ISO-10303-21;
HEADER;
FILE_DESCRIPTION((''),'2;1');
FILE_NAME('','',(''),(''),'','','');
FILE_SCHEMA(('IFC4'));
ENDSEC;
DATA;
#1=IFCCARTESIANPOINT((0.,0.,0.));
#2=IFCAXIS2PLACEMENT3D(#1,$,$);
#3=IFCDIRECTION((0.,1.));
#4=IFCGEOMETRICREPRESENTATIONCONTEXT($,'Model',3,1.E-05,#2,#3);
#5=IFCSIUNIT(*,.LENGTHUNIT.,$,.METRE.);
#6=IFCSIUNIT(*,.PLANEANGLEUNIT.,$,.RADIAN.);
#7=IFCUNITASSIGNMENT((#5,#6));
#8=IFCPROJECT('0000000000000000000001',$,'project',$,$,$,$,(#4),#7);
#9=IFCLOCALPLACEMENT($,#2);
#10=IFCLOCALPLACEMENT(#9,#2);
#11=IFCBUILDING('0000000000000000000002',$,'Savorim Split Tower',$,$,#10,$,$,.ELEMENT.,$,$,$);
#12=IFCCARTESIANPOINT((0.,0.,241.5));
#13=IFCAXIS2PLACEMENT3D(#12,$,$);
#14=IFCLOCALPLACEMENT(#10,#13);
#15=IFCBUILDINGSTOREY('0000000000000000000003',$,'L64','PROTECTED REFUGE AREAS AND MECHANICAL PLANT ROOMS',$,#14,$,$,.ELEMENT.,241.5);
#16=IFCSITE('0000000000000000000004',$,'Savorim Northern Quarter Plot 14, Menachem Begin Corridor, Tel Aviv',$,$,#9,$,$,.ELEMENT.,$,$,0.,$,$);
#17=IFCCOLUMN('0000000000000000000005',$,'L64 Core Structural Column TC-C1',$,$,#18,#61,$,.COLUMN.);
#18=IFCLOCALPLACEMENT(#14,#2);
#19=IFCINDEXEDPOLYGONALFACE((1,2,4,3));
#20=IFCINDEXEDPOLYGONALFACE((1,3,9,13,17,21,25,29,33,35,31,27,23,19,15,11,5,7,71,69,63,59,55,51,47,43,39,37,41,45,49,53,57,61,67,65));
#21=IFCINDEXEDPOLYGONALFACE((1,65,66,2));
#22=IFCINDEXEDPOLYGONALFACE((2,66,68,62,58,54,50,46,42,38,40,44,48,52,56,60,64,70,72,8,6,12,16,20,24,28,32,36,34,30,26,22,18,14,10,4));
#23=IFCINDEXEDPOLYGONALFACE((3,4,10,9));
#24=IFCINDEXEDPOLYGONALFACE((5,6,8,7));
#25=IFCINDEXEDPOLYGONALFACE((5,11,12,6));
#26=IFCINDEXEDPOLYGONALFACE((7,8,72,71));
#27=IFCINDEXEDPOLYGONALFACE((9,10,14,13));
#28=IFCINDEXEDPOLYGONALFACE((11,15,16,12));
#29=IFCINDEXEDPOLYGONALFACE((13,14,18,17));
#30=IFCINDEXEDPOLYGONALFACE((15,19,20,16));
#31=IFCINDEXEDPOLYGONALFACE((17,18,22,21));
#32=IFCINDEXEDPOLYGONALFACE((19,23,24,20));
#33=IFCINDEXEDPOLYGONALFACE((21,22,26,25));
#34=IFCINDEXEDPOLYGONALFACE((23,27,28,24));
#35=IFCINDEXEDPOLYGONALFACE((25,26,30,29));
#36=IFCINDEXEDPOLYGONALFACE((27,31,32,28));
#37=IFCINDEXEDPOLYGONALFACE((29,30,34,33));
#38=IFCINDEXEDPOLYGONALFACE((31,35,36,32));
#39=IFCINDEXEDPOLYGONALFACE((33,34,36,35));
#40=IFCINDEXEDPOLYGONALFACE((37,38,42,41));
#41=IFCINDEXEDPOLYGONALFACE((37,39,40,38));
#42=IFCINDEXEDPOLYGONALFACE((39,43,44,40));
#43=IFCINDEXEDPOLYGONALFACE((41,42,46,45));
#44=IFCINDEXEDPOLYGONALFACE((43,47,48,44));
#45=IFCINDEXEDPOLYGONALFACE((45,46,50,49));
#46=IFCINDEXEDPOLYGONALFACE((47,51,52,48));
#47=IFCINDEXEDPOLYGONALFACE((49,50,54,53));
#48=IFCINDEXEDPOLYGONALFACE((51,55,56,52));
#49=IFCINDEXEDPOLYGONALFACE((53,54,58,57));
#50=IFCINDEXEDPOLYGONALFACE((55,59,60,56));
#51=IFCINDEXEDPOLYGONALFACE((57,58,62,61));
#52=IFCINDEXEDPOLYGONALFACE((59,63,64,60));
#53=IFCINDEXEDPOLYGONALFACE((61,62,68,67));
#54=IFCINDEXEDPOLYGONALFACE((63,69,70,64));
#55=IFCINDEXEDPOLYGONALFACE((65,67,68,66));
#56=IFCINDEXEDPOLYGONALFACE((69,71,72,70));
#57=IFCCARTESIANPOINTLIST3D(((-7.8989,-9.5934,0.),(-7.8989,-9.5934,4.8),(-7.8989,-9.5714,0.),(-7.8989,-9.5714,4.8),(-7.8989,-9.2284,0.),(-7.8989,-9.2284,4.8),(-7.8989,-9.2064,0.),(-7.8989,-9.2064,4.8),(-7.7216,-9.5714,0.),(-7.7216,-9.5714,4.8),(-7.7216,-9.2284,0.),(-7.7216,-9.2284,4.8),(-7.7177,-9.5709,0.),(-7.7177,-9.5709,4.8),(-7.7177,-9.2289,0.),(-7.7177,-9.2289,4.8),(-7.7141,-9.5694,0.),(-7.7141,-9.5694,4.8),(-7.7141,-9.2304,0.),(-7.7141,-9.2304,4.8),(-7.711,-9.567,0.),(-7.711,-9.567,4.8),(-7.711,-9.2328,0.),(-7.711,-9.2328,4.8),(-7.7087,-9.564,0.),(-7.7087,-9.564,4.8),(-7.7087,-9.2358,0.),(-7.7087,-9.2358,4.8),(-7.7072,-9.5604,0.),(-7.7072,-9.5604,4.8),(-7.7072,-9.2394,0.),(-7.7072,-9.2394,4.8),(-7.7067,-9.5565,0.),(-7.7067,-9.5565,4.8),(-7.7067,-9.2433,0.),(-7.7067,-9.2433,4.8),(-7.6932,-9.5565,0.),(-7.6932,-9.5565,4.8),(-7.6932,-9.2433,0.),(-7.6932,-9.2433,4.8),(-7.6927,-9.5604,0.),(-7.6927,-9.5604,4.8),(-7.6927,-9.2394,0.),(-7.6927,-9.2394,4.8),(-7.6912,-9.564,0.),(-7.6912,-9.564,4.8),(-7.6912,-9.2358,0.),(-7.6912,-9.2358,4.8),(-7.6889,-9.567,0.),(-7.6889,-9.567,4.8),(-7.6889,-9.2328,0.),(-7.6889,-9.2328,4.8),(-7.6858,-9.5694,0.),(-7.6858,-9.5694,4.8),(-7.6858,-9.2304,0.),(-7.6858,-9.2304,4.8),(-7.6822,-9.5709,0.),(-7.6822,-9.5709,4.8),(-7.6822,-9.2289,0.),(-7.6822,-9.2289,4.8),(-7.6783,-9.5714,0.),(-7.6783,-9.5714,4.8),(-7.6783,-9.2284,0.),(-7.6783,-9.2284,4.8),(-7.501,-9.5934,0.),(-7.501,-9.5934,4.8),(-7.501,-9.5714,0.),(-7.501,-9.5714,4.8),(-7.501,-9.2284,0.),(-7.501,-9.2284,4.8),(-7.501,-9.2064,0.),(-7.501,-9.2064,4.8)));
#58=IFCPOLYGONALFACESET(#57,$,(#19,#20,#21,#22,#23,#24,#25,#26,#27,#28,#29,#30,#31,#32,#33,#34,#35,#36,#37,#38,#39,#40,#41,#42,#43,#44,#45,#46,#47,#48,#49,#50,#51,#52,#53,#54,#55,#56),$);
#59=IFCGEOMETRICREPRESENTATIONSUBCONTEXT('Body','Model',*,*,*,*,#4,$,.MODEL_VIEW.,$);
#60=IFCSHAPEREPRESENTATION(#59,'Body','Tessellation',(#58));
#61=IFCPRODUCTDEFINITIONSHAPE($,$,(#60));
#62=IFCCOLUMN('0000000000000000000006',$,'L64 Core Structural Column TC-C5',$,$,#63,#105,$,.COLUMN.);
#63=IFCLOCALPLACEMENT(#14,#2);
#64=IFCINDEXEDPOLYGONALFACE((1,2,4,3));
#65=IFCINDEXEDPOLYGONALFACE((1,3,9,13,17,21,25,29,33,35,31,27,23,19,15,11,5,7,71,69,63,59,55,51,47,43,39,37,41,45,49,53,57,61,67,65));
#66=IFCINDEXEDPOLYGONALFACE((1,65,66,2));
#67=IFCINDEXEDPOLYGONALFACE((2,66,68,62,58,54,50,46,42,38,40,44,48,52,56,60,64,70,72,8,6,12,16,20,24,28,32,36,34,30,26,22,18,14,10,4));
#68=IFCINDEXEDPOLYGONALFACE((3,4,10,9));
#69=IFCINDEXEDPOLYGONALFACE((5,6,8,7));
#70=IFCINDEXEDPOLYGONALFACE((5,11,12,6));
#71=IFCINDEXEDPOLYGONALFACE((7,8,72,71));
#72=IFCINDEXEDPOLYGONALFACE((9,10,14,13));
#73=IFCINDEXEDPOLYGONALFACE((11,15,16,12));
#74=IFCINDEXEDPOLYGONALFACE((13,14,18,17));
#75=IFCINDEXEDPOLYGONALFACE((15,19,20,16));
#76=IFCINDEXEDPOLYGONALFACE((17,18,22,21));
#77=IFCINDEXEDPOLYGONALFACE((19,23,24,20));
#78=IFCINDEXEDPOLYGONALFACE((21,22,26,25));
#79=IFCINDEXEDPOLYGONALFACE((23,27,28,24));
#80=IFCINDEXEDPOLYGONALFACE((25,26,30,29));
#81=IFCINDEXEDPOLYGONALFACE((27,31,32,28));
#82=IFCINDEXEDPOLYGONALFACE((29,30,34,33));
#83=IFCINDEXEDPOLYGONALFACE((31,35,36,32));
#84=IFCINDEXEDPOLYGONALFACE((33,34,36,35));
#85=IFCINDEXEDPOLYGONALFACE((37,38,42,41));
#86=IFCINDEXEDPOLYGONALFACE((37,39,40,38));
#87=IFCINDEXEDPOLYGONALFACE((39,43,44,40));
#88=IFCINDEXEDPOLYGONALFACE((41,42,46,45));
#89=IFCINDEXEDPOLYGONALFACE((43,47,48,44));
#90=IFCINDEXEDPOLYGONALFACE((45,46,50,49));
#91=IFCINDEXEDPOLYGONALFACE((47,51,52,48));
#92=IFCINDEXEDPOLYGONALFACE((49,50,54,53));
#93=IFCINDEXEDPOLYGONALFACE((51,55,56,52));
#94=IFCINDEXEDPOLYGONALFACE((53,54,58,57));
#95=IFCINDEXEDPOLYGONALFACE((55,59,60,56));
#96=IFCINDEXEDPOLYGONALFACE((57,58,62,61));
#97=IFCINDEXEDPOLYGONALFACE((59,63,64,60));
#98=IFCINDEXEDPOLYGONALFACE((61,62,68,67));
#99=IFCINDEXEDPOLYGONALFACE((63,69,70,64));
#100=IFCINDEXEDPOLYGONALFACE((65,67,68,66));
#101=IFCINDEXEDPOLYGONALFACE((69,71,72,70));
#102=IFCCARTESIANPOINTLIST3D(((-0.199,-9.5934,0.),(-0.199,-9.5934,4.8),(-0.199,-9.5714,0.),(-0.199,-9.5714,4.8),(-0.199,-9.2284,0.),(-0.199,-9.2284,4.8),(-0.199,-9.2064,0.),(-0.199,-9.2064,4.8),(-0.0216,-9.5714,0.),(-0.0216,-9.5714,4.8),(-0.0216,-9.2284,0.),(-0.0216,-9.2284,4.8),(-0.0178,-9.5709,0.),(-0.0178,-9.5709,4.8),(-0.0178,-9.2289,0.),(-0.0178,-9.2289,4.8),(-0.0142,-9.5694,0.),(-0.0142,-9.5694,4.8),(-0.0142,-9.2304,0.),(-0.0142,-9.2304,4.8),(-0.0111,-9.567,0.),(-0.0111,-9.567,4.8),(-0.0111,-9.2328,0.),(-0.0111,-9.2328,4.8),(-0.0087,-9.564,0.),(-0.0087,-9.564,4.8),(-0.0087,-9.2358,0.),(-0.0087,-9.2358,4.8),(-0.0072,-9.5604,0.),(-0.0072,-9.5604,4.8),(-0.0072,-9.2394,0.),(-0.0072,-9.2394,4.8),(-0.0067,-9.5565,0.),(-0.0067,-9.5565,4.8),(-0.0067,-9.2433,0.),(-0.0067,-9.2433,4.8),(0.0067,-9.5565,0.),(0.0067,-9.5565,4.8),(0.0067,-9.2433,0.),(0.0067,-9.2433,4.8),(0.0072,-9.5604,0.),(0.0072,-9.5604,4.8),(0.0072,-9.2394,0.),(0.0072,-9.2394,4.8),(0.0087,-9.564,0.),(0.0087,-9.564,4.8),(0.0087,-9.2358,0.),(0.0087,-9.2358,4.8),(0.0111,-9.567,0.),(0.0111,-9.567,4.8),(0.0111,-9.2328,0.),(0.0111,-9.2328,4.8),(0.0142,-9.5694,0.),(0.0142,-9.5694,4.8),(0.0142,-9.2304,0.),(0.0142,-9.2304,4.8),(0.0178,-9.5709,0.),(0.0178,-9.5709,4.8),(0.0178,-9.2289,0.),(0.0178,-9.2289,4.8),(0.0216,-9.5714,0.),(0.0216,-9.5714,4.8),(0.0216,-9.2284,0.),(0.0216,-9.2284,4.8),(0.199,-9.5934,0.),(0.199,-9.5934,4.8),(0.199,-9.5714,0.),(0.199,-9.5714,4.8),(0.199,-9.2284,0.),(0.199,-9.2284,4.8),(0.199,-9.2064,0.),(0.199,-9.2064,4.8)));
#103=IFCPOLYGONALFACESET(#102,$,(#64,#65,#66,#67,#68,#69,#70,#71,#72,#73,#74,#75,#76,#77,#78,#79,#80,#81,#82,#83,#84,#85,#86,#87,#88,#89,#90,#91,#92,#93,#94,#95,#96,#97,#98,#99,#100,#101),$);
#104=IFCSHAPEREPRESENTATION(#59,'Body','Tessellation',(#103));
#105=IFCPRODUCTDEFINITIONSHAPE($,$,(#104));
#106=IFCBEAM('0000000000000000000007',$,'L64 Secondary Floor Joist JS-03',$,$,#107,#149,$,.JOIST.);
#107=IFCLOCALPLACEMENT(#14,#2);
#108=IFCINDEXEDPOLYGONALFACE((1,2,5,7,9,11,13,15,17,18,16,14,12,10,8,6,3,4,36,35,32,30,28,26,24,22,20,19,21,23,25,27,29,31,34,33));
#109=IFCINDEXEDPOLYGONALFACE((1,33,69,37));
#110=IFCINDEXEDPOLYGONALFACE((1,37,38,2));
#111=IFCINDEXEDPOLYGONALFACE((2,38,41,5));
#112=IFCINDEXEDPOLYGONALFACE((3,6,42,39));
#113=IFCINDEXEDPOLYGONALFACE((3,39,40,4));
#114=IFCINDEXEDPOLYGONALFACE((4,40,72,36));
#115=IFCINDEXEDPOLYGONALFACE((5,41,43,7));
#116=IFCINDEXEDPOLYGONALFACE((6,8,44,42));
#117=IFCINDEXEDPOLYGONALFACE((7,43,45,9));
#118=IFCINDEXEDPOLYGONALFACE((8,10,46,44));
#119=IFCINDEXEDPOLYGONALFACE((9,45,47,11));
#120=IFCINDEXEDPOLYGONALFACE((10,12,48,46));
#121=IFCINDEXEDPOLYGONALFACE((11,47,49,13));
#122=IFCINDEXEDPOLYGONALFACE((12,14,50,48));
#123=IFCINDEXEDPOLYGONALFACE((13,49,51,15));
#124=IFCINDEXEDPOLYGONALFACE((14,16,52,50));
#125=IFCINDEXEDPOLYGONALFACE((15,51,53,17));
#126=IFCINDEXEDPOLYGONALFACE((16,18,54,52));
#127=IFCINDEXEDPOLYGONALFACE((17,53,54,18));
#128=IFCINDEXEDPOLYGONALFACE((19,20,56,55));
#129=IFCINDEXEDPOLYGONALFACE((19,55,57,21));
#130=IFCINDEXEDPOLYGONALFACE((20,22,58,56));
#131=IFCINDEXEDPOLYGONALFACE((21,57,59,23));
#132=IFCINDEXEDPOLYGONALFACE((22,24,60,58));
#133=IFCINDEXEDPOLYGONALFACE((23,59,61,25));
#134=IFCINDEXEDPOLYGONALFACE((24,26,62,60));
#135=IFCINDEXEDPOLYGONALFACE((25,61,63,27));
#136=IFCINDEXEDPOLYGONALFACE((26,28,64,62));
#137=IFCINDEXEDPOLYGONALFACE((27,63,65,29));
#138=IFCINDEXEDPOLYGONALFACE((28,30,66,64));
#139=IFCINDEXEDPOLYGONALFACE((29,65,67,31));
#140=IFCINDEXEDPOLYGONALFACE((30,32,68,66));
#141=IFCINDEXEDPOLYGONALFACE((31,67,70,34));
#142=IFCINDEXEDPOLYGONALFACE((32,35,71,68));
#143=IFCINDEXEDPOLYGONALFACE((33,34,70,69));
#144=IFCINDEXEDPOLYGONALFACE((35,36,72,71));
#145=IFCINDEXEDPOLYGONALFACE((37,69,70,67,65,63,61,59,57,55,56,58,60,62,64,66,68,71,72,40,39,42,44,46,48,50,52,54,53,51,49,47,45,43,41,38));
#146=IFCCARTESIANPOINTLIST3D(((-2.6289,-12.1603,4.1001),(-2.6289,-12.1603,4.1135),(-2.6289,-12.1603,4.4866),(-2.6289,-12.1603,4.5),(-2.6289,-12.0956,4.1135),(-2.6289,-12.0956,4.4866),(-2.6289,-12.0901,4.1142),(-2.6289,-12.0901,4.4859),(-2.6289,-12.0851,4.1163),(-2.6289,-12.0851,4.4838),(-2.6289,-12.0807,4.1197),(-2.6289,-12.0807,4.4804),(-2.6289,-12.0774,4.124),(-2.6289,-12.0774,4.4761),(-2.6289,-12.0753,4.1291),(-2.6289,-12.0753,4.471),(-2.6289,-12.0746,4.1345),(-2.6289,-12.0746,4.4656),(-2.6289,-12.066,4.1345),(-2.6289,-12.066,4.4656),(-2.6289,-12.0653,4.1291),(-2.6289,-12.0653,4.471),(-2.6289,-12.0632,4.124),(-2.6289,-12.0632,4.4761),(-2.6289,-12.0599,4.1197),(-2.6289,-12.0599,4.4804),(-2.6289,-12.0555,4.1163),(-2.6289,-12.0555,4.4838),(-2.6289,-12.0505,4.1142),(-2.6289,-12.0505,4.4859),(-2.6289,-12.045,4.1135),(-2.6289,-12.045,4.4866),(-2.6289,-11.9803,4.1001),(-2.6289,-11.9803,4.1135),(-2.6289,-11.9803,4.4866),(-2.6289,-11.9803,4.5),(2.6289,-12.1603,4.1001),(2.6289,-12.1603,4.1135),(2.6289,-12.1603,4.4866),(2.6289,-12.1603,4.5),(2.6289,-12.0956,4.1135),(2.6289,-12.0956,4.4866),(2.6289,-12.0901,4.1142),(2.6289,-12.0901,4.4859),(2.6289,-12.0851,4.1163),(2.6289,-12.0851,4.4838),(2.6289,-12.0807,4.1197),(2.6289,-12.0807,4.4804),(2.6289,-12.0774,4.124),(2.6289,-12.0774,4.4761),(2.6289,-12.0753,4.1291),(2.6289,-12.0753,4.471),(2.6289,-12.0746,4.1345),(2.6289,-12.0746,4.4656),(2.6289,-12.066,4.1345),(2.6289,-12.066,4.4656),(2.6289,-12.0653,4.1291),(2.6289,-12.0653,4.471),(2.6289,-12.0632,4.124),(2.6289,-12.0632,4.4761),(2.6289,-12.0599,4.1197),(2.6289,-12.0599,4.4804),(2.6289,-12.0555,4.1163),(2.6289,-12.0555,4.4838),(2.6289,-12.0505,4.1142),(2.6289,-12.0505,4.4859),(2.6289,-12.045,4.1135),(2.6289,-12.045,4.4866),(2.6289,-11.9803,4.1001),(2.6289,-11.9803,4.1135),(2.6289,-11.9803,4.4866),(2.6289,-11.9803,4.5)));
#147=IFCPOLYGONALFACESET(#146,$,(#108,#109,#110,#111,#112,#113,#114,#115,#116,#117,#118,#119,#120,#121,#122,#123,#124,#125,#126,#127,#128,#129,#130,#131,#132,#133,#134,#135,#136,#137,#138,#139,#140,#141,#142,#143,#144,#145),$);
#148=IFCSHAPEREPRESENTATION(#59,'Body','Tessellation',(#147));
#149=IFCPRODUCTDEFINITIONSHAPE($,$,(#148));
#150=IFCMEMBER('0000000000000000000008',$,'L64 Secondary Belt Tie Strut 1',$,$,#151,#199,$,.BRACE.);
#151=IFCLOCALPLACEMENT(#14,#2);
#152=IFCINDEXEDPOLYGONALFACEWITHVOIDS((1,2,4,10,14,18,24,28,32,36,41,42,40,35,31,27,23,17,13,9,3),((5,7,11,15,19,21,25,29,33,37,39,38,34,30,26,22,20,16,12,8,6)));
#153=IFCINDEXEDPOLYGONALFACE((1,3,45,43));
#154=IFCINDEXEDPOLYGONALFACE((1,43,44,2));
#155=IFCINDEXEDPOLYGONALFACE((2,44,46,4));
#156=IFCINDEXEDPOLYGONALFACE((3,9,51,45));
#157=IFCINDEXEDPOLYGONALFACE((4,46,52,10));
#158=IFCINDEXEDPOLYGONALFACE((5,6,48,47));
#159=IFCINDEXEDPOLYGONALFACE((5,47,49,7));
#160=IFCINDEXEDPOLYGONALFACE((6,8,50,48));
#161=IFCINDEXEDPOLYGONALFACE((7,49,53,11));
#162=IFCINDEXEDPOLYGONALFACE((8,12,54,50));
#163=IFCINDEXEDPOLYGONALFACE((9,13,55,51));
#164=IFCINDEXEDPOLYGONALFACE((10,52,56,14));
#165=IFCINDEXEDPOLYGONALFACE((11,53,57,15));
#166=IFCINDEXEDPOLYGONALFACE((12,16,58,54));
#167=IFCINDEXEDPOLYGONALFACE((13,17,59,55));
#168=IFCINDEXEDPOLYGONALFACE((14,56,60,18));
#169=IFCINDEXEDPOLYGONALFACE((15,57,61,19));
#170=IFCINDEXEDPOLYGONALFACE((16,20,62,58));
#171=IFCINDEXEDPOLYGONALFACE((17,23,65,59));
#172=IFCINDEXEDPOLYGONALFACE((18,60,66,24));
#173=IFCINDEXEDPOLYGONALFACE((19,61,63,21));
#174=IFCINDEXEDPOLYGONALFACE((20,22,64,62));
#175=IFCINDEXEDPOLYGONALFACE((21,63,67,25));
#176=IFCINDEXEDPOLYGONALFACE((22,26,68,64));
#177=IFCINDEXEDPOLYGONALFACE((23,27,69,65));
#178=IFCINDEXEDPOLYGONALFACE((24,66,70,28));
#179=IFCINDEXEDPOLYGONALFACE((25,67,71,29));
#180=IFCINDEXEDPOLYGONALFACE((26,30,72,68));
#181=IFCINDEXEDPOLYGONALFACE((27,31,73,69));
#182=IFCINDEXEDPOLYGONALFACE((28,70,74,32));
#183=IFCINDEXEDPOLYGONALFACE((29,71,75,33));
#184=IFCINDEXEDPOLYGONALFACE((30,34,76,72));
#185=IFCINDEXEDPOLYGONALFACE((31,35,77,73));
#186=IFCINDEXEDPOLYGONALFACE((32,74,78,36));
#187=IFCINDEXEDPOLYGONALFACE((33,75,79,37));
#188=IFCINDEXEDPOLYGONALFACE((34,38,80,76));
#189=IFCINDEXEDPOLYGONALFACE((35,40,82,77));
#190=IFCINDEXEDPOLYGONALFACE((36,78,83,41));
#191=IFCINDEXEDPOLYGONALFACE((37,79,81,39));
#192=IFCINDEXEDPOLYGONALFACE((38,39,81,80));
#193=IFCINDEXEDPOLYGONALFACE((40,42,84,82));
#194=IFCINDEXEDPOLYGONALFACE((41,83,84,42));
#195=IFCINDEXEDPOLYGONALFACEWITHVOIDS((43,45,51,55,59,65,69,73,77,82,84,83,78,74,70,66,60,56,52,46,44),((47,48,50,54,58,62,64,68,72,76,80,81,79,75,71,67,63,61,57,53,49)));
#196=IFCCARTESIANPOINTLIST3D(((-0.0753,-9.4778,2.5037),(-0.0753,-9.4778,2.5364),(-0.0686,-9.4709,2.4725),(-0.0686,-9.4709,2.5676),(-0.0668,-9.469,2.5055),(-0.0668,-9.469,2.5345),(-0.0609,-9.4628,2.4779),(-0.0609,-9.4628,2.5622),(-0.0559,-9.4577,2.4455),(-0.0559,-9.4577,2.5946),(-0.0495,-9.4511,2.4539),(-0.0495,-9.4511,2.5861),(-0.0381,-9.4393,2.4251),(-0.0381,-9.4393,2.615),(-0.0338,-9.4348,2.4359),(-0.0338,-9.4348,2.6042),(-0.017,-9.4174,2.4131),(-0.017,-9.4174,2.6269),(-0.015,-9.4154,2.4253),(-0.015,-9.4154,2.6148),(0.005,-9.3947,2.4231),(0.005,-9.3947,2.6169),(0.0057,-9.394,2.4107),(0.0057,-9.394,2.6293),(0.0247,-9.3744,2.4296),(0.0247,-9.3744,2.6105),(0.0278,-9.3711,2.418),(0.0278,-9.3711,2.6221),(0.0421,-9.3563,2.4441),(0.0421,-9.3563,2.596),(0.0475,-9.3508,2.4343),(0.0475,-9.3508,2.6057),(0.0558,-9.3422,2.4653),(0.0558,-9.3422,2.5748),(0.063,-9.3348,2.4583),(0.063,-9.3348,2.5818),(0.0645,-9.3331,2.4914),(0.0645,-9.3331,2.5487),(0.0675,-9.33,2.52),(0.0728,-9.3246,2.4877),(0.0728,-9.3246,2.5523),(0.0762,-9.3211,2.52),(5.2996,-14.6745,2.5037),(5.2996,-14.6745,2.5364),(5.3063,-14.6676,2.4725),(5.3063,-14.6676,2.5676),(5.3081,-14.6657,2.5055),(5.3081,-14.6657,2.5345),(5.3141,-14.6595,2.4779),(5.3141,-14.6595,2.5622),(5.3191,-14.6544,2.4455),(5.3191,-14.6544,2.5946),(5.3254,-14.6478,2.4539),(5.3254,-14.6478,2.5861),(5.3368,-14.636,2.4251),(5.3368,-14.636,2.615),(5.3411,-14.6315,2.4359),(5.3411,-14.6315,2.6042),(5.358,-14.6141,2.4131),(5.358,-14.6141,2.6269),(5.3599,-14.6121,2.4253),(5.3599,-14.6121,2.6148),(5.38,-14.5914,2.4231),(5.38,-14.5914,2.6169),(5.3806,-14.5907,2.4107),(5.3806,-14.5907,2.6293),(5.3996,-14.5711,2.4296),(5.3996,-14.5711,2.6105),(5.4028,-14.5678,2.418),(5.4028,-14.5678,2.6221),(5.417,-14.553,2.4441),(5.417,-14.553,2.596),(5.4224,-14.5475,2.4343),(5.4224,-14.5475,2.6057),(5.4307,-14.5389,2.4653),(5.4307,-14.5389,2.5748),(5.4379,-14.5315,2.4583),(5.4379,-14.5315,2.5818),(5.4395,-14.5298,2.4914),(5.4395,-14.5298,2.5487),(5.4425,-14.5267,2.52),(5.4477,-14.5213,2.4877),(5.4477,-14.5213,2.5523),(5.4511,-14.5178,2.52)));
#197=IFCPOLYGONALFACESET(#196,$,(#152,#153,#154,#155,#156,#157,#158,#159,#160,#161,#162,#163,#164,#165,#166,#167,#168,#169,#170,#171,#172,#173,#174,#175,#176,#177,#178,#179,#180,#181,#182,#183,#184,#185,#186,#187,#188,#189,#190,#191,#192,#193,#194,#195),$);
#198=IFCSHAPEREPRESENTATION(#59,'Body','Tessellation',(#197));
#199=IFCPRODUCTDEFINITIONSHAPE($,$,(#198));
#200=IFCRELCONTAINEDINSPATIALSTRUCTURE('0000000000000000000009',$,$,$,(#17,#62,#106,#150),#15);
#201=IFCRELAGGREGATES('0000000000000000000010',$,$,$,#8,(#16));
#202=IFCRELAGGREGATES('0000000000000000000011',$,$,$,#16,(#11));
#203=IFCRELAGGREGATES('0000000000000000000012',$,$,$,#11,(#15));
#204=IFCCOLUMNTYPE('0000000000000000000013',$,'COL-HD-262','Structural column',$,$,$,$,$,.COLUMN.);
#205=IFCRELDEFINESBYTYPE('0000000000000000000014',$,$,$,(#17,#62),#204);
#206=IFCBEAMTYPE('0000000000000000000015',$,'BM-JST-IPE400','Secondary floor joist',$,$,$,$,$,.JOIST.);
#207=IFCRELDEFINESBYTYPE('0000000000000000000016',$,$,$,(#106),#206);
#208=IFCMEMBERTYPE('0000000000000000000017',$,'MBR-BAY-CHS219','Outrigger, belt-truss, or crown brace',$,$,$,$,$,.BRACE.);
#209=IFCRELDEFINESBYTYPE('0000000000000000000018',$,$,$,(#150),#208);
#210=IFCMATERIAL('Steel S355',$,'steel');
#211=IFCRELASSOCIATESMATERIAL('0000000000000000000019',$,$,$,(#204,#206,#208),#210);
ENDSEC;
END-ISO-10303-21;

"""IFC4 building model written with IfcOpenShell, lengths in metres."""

from ifc_helpers import new_model, si_unit, direction, frame, origin, origin_2d, place, context, subcontext, project, spatial, hollow_circle, i_section, extrude, material, material_profile, profile_set, type_object, element, save


model = new_model("IFC4")

# Units and contexts
model_context = context("Model", 3, precision=1e-05, world=origin(), true_north=direction((0.0, 1.0)))
body_context = subcontext(model_context, "Body", "Model", "MODEL_VIEW")
ifc_project = project(units=[si_unit("LENGTHUNIT", "METRE"), si_unit("PLANEANGLEUNIT", "RADIAN")], contexts=[model_context])

# Site, building, storey
site_placement = place(None, origin())
site = spatial("IfcSite", under=ifc_project, at=site_placement, Name="Savorim Northern Quarter Plot 14, Menachem Begin Corridor, Tel Aviv", CompositionType="ELEMENT", RefElevation=0.0)
building_placement = place(site_placement, origin())
building = spatial("IfcBuilding", under=site, at=building_placement, Name="Savorim Split Tower", CompositionType="ELEMENT")
storey_placement = place(building_placement, frame((0.0, 0.0, 241.5)))
storey = spatial("IfcBuildingStorey", under=building, at=storey_placement, Name="L64", Description="PROTECTED REFUGE AREAS AND MECHANICAL PLANT ROOMS", CompositionType="ELEMENT", Elevation=241.5)

# Columns
ifc_material_1 = material(Name="Steel S355", Category="steel")
ifc_material_profile_1 = material_profile(ifc_material_1, i_section(OverallWidth=0.3979, OverallDepth=0.387, WebThickness=0.0134, FlangeThickness=0.022, FilletRadius=0.0149, at=origin_2d()), Name="HD 400x262")
ifc_profile_set_1 = profile_set([ifc_material_profile_1], Name="Steel S355")
column_type = type_object("IfcColumnType", Name="COL-HD-262", Description="Structural column", PredefinedType="COLUMN", material=ifc_profile_set_1)
for number, where, z_axis, x_axis, name in (
    (1, (-7.7, -9.3999, 0.0), (0.0, 0.0, 1.0), (1.0, 0.0, 0.0), "L64 Core Structural Column TC-C1"),
    (2, (0.0, -9.3999, 0.0), (0.0, 0.0, 1.0), (1.0, 0.0, 0.0), "L64 Core Structural Column TC-C5"),
):
    element("IfcColumn", number, at=place(storey_placement, frame(where, z_axis=z_axis, x_axis=x_axis)), inside=storey, type_object=column_type, Name=name, PredefinedType="COLUMN", context=body_context, shape_type="SweptSolid", body=[
        extrude(i_section(OverallWidth=0.3979, OverallDepth=0.387, WebThickness=0.0134, FlangeThickness=0.022, FilletRadius=0.0149, at=origin_2d()), origin(), (0.0, 0.0, 1.0), 4.8),
    ])

# Beam
ifc_material_profile_2 = material_profile(ifc_material_1, i_section(OverallWidth=0.1799, OverallDepth=0.3999, WebThickness=0.0085, FlangeThickness=0.0134, FilletRadius=0.021, at=origin_2d()), Name="IPE 400")
ifc_profile_set_2 = profile_set([ifc_material_profile_2], Name="Steel S355")
beam_type = type_object("IfcBeamType", Name="BM-JST-IPE400", Description="Secondary floor joist", PredefinedType="JOIST", material=ifc_profile_set_2)
beam_placement = place(storey_placement, frame((-2.6289, -12.0703, 4.3), z_axis=(1.0, 0.0, 0.0), x_axis=(0.0, 1.0, 0.0)))
element("IfcBeam", 3, at=beam_placement, inside=storey, type_object=beam_type, Name="L64 Secondary Floor Joist JS-03", PredefinedType="JOIST", context=body_context, shape_type="SweptSolid", body=[
    extrude(i_section(OverallWidth=0.1799, OverallDepth=0.3999, WebThickness=0.0085, FlangeThickness=0.0134, FilletRadius=0.021, at=origin_2d()), origin(), (0.0, 0.0, 1.0), 5.2578),
])

# Member
ifc_material_profile_3 = material_profile(ifc_material_1, hollow_circle(Radius=0.1096, WallThickness=0.0125, at=origin_2d()), Name="CHS 219.1x12.5")
ifc_profile_set_3 = profile_set([ifc_material_profile_3], Name="Steel S355")
member_type_1 = type_object("IfcMemberType", Name="MBR-BAY-CHS219", Description="Outrigger, belt-truss, or crown brace", PredefinedType="BRACE", material=ifc_profile_set_3)
member_1_placement = place(storey_placement, frame((0.0, -9.3999, 2.52), z_axis=(0.718925, -0.695087, 0.0), x_axis=(0.695087, 0.718925, 0.0)))
element("IfcMember", 4, at=member_1_placement, inside=storey, type_object=member_type_1, Name="L64 Secondary Belt Tie Strut 1", PredefinedType="BRACE", context=body_context, shape_type="SweptSolid", body=[
    extrude(hollow_circle(Radius=0.1096, WallThickness=0.0125, at=origin_2d()), origin(), (0.0, 0.0, 1.0), 7.4763),
])

save(model, "model.ifc")
